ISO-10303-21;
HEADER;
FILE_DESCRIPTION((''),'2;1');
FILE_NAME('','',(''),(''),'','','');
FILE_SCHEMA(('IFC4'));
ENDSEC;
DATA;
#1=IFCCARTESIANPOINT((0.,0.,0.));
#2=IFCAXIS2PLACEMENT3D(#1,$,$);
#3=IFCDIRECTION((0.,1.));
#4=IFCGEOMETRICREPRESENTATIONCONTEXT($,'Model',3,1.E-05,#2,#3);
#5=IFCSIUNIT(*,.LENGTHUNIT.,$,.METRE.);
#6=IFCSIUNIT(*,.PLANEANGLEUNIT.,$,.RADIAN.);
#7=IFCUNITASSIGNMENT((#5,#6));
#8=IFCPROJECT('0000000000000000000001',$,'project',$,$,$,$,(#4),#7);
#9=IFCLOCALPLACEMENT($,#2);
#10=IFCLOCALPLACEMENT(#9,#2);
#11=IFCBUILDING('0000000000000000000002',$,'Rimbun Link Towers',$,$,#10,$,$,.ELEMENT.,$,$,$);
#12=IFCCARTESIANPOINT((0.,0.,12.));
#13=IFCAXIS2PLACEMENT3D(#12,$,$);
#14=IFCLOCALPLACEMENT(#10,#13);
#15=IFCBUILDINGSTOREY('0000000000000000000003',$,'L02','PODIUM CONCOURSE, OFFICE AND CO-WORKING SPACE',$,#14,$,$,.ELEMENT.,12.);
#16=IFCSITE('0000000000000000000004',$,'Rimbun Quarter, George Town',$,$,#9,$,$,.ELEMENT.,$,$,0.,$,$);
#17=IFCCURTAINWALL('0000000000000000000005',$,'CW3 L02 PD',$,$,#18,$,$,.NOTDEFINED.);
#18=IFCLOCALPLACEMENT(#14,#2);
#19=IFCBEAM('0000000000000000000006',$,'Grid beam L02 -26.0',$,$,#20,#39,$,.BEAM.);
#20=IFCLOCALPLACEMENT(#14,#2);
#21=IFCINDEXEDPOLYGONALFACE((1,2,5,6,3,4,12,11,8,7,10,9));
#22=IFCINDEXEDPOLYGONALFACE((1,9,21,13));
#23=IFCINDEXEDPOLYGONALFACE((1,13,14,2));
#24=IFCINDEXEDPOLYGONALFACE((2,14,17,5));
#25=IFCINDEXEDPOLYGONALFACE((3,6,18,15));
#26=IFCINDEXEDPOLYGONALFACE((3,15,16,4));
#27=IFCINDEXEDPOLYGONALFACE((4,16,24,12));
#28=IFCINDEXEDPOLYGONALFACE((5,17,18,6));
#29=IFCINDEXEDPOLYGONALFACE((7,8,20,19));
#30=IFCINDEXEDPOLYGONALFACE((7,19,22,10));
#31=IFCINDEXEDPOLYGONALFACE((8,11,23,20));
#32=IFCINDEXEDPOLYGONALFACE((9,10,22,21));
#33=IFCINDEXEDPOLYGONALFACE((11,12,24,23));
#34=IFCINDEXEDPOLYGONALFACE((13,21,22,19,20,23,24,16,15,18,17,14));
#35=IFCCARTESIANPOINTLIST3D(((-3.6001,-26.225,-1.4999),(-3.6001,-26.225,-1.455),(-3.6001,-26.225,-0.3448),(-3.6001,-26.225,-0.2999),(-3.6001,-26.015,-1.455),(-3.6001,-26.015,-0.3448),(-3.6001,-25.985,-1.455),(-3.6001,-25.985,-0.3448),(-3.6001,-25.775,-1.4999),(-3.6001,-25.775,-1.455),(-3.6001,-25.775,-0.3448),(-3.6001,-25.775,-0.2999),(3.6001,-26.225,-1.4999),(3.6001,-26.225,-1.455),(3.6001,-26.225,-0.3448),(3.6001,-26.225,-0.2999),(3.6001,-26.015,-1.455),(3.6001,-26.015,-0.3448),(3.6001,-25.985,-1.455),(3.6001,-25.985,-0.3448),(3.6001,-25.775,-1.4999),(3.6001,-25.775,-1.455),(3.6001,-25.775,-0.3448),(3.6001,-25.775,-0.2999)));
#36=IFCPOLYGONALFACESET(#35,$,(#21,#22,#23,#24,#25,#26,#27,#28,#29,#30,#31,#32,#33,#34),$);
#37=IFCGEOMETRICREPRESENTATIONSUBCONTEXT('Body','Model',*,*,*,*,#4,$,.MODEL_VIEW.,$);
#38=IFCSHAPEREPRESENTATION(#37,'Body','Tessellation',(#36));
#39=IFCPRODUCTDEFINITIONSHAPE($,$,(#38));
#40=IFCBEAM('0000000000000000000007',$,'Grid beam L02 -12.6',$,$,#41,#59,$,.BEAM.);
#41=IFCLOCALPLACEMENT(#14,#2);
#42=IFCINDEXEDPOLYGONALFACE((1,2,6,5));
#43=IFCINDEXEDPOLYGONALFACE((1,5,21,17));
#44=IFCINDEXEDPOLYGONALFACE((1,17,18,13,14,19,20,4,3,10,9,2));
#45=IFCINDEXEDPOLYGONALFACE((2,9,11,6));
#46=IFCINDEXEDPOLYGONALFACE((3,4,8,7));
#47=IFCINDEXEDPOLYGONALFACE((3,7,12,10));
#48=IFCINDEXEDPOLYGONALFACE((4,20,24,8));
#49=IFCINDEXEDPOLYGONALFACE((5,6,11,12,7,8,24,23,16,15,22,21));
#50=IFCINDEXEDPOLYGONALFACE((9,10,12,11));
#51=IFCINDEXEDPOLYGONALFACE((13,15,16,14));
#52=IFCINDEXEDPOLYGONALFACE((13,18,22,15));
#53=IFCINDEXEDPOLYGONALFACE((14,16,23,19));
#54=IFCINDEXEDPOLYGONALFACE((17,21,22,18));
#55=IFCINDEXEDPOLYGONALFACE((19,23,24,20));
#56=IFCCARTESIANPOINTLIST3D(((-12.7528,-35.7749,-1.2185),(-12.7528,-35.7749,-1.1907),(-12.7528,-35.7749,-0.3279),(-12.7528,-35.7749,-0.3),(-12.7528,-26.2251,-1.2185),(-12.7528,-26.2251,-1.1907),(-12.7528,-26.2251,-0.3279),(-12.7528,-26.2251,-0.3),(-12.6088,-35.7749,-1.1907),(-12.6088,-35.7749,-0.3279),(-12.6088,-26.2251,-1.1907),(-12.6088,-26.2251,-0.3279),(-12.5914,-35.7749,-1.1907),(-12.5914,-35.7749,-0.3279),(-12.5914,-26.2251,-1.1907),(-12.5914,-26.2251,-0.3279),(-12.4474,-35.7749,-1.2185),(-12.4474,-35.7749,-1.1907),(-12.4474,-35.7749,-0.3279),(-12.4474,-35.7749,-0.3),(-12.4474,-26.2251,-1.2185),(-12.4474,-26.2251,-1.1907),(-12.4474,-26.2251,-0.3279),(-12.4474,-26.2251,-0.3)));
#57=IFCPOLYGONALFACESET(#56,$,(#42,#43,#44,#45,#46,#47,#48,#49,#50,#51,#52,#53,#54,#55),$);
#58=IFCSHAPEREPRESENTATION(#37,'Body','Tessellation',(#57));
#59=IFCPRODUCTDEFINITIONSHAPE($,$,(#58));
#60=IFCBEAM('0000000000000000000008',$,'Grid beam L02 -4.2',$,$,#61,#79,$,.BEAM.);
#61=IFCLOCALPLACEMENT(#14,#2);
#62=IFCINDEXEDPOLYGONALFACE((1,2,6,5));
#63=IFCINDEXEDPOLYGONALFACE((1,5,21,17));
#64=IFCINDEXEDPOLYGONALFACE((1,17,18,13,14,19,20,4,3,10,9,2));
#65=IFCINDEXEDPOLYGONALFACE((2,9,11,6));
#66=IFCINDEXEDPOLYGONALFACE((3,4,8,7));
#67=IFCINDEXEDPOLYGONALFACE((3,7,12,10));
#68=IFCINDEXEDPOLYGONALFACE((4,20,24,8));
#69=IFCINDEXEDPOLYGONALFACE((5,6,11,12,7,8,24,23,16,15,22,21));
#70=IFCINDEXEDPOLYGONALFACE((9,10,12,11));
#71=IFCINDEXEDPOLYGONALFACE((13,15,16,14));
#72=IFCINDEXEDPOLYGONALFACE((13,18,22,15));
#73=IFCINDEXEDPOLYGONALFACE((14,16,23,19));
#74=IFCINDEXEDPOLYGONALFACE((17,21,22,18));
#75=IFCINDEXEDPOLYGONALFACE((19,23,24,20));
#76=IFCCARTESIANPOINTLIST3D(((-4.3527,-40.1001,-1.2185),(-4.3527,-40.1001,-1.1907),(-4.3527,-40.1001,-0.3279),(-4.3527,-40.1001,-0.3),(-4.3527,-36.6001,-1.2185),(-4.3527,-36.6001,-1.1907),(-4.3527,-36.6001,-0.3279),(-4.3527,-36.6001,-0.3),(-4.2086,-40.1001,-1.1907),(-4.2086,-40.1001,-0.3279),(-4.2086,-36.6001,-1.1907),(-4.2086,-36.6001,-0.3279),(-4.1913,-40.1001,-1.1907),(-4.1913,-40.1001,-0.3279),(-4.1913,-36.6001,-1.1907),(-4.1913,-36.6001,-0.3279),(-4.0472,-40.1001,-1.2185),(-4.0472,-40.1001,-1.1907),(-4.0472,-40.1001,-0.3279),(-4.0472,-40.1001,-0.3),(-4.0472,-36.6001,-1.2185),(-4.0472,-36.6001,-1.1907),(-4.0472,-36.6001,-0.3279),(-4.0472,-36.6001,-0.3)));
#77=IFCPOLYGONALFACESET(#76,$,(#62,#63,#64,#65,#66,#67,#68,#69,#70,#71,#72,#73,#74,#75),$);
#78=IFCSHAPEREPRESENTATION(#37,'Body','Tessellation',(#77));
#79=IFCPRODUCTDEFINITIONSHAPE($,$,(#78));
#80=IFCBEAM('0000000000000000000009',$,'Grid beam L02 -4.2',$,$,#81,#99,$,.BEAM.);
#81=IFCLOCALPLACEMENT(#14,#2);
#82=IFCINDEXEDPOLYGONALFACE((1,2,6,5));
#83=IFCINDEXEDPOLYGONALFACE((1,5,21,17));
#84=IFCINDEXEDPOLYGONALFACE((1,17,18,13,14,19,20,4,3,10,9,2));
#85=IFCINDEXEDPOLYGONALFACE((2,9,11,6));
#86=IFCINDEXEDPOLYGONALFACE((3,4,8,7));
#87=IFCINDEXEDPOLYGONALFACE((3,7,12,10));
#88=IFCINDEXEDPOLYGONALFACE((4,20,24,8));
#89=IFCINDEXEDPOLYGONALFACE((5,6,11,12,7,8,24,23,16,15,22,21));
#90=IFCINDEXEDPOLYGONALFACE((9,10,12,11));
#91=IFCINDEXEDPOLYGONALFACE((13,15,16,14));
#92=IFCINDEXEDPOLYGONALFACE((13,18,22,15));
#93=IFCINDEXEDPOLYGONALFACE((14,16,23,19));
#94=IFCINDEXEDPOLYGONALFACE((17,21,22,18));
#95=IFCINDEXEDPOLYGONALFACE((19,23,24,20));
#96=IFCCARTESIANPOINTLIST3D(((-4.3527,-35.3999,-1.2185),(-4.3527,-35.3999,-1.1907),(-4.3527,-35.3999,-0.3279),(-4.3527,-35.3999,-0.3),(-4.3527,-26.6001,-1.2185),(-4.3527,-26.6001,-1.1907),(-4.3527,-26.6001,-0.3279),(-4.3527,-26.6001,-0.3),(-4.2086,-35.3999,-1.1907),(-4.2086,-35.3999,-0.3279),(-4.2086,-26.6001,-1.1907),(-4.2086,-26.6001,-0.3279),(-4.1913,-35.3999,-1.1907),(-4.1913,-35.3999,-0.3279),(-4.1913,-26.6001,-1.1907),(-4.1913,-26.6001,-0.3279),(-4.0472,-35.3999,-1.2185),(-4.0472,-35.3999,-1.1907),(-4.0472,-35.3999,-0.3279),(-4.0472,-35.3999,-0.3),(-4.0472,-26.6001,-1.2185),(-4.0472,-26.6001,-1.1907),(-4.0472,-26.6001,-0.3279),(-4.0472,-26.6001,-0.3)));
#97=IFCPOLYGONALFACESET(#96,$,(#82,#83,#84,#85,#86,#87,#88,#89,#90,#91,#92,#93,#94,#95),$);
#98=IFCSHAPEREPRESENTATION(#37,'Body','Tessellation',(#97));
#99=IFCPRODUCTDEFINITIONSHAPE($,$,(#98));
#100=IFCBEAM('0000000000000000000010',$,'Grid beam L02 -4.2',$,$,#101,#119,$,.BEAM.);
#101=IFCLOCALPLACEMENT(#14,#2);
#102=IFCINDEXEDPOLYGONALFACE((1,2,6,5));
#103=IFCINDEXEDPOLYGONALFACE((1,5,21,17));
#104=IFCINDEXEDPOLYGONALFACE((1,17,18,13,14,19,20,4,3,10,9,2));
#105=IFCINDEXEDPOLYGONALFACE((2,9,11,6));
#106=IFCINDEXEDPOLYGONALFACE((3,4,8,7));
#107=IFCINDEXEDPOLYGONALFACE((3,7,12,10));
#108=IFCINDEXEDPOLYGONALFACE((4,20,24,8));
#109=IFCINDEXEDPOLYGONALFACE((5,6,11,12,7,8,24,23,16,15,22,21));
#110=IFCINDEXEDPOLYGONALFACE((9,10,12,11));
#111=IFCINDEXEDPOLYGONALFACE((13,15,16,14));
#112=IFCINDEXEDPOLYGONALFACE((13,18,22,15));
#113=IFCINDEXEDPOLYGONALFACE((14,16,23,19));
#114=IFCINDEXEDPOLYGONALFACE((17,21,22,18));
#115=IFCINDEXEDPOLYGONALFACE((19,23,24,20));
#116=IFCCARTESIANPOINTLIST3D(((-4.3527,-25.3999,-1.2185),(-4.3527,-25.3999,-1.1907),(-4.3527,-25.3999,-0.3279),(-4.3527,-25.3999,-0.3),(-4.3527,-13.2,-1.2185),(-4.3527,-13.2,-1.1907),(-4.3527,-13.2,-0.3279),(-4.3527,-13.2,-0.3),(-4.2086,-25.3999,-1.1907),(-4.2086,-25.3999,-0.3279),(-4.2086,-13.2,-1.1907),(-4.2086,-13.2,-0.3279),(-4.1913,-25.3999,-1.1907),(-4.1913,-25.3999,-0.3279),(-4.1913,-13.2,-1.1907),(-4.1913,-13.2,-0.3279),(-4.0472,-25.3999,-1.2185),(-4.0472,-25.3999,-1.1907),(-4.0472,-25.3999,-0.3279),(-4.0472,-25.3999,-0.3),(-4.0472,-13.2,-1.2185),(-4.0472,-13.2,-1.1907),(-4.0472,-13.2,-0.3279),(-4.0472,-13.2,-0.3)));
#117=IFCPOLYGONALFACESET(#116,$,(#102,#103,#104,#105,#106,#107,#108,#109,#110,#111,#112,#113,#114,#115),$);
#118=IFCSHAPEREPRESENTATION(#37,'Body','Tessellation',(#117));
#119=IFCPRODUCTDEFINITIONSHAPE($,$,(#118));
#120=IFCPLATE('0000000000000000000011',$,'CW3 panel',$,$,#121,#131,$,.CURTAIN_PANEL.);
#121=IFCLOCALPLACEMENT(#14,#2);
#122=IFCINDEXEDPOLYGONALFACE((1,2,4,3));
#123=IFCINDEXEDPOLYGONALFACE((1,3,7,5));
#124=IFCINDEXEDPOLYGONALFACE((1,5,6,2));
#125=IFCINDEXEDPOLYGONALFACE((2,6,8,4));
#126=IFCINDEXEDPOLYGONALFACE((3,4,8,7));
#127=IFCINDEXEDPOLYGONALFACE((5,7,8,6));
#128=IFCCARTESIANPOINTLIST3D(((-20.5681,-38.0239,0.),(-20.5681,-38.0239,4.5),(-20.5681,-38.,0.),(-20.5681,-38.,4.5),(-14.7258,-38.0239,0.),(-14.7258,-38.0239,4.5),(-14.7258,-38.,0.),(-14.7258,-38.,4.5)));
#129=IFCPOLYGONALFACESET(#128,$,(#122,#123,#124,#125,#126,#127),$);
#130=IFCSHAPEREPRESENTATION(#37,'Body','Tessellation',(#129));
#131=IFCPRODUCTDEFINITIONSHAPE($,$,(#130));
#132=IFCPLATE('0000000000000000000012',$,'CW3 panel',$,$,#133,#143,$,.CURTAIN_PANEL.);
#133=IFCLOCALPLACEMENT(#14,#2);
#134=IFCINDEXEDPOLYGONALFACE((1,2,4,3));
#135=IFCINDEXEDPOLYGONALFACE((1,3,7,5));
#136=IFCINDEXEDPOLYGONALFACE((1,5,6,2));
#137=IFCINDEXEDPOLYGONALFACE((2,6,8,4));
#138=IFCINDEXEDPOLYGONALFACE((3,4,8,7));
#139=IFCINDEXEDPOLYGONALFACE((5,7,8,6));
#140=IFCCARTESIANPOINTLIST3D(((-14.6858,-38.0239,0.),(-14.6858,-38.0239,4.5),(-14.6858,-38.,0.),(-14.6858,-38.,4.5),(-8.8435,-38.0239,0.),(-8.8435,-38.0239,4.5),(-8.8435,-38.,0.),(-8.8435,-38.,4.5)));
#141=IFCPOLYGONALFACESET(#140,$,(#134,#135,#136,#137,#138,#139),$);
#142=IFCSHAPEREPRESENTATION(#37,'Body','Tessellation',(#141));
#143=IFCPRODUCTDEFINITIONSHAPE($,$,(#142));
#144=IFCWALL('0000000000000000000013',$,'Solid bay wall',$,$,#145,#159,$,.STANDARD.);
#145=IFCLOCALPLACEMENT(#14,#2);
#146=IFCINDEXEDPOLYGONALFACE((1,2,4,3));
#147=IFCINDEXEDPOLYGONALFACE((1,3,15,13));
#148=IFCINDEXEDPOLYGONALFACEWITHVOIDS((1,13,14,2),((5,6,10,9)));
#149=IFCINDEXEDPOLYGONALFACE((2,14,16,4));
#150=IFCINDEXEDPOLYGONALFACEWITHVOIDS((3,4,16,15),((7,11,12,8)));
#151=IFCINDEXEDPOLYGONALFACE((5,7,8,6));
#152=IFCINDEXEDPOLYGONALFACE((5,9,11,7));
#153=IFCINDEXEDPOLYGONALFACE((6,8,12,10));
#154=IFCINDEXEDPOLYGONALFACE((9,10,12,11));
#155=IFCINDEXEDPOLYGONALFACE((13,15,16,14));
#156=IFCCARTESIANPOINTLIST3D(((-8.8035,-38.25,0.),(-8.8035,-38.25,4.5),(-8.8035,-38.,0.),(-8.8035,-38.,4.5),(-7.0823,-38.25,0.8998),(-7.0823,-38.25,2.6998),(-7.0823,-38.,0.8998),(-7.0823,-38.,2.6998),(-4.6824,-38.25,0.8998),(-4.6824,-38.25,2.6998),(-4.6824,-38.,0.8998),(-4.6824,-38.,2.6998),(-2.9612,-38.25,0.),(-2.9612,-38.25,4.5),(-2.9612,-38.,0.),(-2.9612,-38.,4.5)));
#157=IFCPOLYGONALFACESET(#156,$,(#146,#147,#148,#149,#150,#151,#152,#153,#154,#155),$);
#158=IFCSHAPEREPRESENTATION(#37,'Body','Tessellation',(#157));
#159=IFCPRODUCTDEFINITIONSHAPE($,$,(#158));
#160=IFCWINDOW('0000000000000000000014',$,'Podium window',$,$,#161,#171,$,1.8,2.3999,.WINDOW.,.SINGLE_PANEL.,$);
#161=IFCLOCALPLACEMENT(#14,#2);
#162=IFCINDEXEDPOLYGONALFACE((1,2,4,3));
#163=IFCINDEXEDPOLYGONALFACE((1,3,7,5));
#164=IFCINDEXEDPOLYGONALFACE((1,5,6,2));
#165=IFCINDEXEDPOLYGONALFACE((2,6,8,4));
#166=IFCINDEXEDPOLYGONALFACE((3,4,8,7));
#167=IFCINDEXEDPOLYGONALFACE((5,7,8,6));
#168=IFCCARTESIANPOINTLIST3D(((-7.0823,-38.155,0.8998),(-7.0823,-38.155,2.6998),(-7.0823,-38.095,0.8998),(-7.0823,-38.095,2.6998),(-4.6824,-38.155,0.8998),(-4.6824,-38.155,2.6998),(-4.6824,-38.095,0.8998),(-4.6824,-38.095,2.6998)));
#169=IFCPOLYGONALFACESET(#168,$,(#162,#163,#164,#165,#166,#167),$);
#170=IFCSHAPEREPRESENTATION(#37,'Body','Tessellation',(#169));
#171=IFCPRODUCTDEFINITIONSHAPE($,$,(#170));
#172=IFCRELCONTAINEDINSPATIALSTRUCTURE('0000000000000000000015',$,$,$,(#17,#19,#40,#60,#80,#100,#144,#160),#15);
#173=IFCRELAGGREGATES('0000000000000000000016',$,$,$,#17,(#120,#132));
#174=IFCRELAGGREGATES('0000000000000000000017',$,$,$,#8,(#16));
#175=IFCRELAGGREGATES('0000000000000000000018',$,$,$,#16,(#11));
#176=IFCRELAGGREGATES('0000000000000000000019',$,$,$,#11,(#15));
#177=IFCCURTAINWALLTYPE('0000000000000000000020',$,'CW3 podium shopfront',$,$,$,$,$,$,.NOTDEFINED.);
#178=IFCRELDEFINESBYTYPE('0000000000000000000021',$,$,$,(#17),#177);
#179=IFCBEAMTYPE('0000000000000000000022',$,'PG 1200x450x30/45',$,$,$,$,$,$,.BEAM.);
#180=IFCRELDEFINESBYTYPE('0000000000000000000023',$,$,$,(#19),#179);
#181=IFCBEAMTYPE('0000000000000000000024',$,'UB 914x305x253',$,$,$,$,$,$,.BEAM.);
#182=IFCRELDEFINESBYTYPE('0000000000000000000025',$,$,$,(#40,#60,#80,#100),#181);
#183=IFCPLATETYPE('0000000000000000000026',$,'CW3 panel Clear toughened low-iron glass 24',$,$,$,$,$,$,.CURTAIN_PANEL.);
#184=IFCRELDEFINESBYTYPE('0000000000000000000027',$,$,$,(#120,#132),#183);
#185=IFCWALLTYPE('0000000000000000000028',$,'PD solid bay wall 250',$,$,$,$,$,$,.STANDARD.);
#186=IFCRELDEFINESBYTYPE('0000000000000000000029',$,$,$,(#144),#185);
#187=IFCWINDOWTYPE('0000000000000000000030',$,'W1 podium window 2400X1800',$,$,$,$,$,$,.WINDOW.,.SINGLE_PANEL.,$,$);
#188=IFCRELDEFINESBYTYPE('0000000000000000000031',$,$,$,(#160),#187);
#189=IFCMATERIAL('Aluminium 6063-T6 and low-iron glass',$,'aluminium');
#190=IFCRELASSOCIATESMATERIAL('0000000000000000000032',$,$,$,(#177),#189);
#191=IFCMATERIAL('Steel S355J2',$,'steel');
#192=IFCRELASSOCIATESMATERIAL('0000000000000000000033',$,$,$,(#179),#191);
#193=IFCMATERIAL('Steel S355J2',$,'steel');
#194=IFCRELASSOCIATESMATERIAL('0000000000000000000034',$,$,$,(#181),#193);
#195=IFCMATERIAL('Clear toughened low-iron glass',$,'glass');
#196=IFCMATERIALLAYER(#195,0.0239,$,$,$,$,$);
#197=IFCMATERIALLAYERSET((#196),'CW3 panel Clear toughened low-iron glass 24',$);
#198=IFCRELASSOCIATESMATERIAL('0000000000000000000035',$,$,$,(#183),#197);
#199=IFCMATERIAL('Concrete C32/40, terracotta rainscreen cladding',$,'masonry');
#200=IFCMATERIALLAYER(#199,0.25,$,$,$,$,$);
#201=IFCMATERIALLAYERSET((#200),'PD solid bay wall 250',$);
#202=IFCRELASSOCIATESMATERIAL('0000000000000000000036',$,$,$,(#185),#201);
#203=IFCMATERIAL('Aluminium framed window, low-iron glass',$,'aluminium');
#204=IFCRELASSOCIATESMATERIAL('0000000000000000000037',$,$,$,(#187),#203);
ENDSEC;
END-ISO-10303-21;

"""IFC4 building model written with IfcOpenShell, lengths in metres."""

from ifc_helpers import new_model, si_unit, direction, frame, frame_2d, origin, origin_2d, place, context, subcontext, project, spatial, rectangle, i_section, extrude, material, layer, layer_set, material_profile, profile_set, type_object, element, fill, aggregate, save


model = new_model("IFC4")

# Units and contexts
model_context = context("Model", 3, precision=1e-05, world=origin(), true_north=direction((0.0, 1.0)))
body_context = subcontext(model_context, "Body", "Model", "MODEL_VIEW")
ifc_project = project(units=[si_unit("LENGTHUNIT", "METRE"), si_unit("PLANEANGLEUNIT", "RADIAN")], contexts=[model_context])

# Site, building, storey
site_placement = place(None, origin())
site = spatial("IfcSite", under=ifc_project, at=site_placement, Name="Rimbun Quarter, George Town", CompositionType="ELEMENT", RefElevation=0.0)
building_placement = place(site_placement, origin())
building = spatial("IfcBuilding", under=site, at=building_placement, Name="Rimbun Link Towers", CompositionType="ELEMENT")
storey_placement = place(building_placement, frame((0.0, 0.0, 12.0)))
storey = spatial("IfcBuildingStorey", under=building, at=storey_placement, Name="L02", Description="PODIUM CONCOURSE, OFFICE AND CO-WORKING SPACE", CompositionType="ELEMENT", Elevation=12.0)

# Curtain wall
ifc_material_1 = material(Name="Aluminium 6063-T6 and low-iron glass", Category="aluminium")
curtain_wall_type = type_object("IfcCurtainWallType", Name="CW3 podium shopfront", PredefinedType="NOTDEFINED", material=ifc_material_1)
curtain_wall_placement = place(storey_placement, origin())
curtain_wall = element("IfcCurtainWall", 1, at=curtain_wall_placement, inside=storey, type_object=curtain_wall_type, Name="CW3 L02 PD", PredefinedType="NOTDEFINED")

# Beams
ifc_material_2 = material(Name="Steel S355J2", Category="steel")
ifc_material_profile_1 = material_profile(ifc_material_2, i_section(OverallWidth=0.45, OverallDepth=1.2, WebThickness=0.03, FlangeThickness=0.0449, at=origin_2d()), Name="PG 1200x450x30/45")
ifc_profile_set_1 = profile_set([ifc_material_profile_1], Name="Steel S355J2")
beam_type_1 = type_object("IfcBeamType", Name="PG 1200x450x30/45", PredefinedType="BEAM", material=ifc_profile_set_1)
for number, where, z_axis, x_axis, name in (
    (2, (-3.6001, -26.0, -0.8999), (1.0, 0.0, 0.0), (0.0, 1.0, 0.0), "Grid beam L02 -26.0"),
):
    element("IfcBeam", number, at=place(storey_placement, frame(where, z_axis=z_axis, x_axis=x_axis)), inside=storey, type_object=beam_type_1, Name=name, PredefinedType="BEAM", context=body_context, shape_type="SweptSolid", body=[
        extrude(i_section(OverallWidth=0.45, OverallDepth=1.2, WebThickness=0.03, FlangeThickness=0.0449, at=origin_2d()), origin(), (0.0, 0.0, 1.0), 7.2002),
    ])
ifc_material_3 = material(Name="Steel S355J2", Category="steel")
ifc_material_profile_2 = material_profile(ifc_material_3, i_section(OverallWidth=0.3054, OverallDepth=0.9185, WebThickness=0.0173, FlangeThickness=0.0278, at=origin_2d()), Name="UB 914x305x253")
ifc_profile_set_2 = profile_set([ifc_material_profile_2], Name="Steel S355J2")
beam_type_2 = type_object("IfcBeamType", Name="UB 914x305x253", PredefinedType="BEAM", material=ifc_profile_set_2)
beam_1_placement = place(storey_placement, frame((-12.6001, -35.7749, -0.7593), z_axis=(0.0, 1.0, 0.0), x_axis=(-1.0, 0.0, 0.0)))
element("IfcBeam", 3, at=beam_1_placement, inside=storey, type_object=beam_type_2, Name="Grid beam L02 -12.6", PredefinedType="BEAM", context=body_context, shape_type="SweptSolid", body=[
    extrude(i_section(OverallWidth=0.3054, OverallDepth=0.9185, WebThickness=0.0173, FlangeThickness=0.0278, at=origin_2d()), origin(), (0.0, 0.0, 1.0), 9.5498),
])
beam_2_placement = place(storey_placement, frame((-4.2, -40.1001, -0.7593), z_axis=(0.0, 1.0, 0.0), x_axis=(-1.0, 0.0, 0.0)))
element("IfcBeam", 4, at=beam_2_placement, inside=storey, type_object=beam_type_2, Name="Grid beam L02 -4.2", PredefinedType="BEAM", context=body_context, shape_type="SweptSolid", body=[
    extrude(i_section(OverallWidth=0.3054, OverallDepth=0.9185, WebThickness=0.0173, FlangeThickness=0.0278, at=origin_2d()), origin(), (0.0, 0.0, 1.0), 3.5),
])
beam_3_placement = place(storey_placement, frame((-4.2, -35.3999, -0.7593), z_axis=(0.0, 1.0, 0.0), x_axis=(-1.0, 0.0, 0.0)))
element("IfcBeam", 5, at=beam_3_placement, inside=storey, type_object=beam_type_2, Name="Grid beam L02 -4.2", PredefinedType="BEAM", context=body_context, shape_type="SweptSolid", body=[
    extrude(i_section(OverallWidth=0.3054, OverallDepth=0.9185, WebThickness=0.0173, FlangeThickness=0.0278, at=origin_2d()), origin(), (0.0, 0.0, 1.0), 8.7998),
])
beam_4_placement = place(storey_placement, frame((-4.2, -25.3999, -0.7593), z_axis=(0.0, 1.0, 0.0), x_axis=(-1.0, 0.0, 0.0)))
element("IfcBeam", 6, at=beam_4_placement, inside=storey, type_object=beam_type_2, Name="Grid beam L02 -4.2", PredefinedType="BEAM", context=body_context, shape_type="SweptSolid", body=[
    extrude(i_section(OverallWidth=0.3054, OverallDepth=0.9185, WebThickness=0.0173, FlangeThickness=0.0278, at=origin_2d()), origin(), (0.0, 0.0, 1.0), 12.2),
])

# Plates
ifc_material_4 = material(Name="Clear toughened low-iron glass", Category="glass")
ifc_layer_1 = layer(ifc_material_4, 0.0239)
ifc_layer_set_1 = layer_set([ifc_layer_1], Name="CW3 panel Clear toughened low-iron glass 24")
plate_type = type_object("IfcPlateType", Name="CW3 panel Clear toughened low-iron glass 24", PredefinedType="CURTAIN_PANEL", material=ifc_layer_set_1)
plate_1_placement = place(storey_placement, frame((-17.647, -38.012, 0.0), z_axis=(0.0, 0.0, 1.0), x_axis=(-1.0, 0.0, 0.0)))
plate_1 = element("IfcPlate", 7, at=plate_1_placement, type_object=plate_type, Name="CW3 panel", PredefinedType="CURTAIN_PANEL", context=body_context, shape_type="SweptSolid", body=[
    extrude(rectangle(XDim=5.8423, YDim=0.0239, at=origin_2d()), origin(), (0.0, 0.0, 1.0), 4.5),
])
plate_2_placement = place(storey_placement, frame((-11.7646, -38.012, 0.0), z_axis=(0.0, 0.0, 1.0), x_axis=(-1.0, 0.0, 0.0)))
plate_2 = element("IfcPlate", 8, at=plate_2_placement, type_object=plate_type, Name="CW3 panel", PredefinedType="CURTAIN_PANEL", context=body_context, shape_type="SweptSolid", body=[
    extrude(rectangle(XDim=5.8423, YDim=0.0239, at=origin_2d()), origin(), (0.0, 0.0, 1.0), 4.5),
])
aggregate(curtain_wall, [plate_1, plate_2])

# Wall, opening, window
ifc_material_5 = material(Name="Concrete C32/40, terracotta rainscreen cladding", Category="masonry")
ifc_layer_2 = layer(ifc_material_5, 0.25)
ifc_layer_set_2 = layer_set([ifc_layer_2], Name="PD solid bay wall 250")
wall_type_1 = type_object("IfcWallType", Name="PD solid bay wall 250", PredefinedType="STANDARD", material=ifc_layer_set_2)
wall_1_placement = place(storey_placement, frame((-2.9612, -38.125, 0.0), z_axis=(0.0, 0.0, 1.0), x_axis=(-1.0, 0.0, 0.0)))
wall_1 = element("IfcWall", 9, at=wall_1_placement, inside=storey, type_object=wall_type_1, Name="Solid bay wall", PredefinedType="STANDARD", context=body_context, shape_type="SweptSolid", body=[
    extrude(rectangle(XDim=5.8423, YDim=0.25, at=frame_2d((2.9211, 0.0))), origin(), (0.0, 0.0, 1.0), 4.5),
])
opening_1_placement = place(wall_1_placement, frame((1.7212, 0.0, 0.8999)))
opening_1 = element("IfcOpeningElement", 10, at=opening_1_placement, cuts=wall_1, PredefinedType="OPENING", context=body_context, shape_type="SweptSolid", body=[
    extrude(rectangle(XDim=2.3999, YDim=1.8, at=frame_2d((1.2, 0.8999))), frame((0.0, 0.135, 0.0), z_axis=(0.0, -1.0, 0.0), x_axis=(1.0, 0.0, 0.0)), (0.0, 0.0, 1.0), 0.27),
])
ifc_material_6 = material(Name="Aluminium framed window, low-iron glass", Category="aluminium")
window_type = type_object("IfcWindowType", Name="W1 podium window 2400X1800", PartitioningType="SINGLE_PANEL", PredefinedType="WINDOW", material=ifc_material_6)
window_placement = place(opening_1_placement, origin())
window = element("IfcWindow", 11, at=window_placement, inside=storey, type_object=window_type, Name="Podium window", OverallHeight=1.8, OverallWidth=2.3999, PartitioningType="SINGLE_PANEL", PredefinedType="WINDOW", context=body_context, shape_type="SweptSolid", body=[
    extrude(rectangle(XDim=2.3999, YDim=1.8, at=frame_2d((1.2, 0.8999))), frame((0.0, 0.03, 0.0), z_axis=(0.0, -1.0, 0.0), x_axis=(1.0, 0.0, 0.0)), (0.0, 0.0, 1.0), 0.0601),
])
fill(opening_1, window)

save(model, "model.ifc")
